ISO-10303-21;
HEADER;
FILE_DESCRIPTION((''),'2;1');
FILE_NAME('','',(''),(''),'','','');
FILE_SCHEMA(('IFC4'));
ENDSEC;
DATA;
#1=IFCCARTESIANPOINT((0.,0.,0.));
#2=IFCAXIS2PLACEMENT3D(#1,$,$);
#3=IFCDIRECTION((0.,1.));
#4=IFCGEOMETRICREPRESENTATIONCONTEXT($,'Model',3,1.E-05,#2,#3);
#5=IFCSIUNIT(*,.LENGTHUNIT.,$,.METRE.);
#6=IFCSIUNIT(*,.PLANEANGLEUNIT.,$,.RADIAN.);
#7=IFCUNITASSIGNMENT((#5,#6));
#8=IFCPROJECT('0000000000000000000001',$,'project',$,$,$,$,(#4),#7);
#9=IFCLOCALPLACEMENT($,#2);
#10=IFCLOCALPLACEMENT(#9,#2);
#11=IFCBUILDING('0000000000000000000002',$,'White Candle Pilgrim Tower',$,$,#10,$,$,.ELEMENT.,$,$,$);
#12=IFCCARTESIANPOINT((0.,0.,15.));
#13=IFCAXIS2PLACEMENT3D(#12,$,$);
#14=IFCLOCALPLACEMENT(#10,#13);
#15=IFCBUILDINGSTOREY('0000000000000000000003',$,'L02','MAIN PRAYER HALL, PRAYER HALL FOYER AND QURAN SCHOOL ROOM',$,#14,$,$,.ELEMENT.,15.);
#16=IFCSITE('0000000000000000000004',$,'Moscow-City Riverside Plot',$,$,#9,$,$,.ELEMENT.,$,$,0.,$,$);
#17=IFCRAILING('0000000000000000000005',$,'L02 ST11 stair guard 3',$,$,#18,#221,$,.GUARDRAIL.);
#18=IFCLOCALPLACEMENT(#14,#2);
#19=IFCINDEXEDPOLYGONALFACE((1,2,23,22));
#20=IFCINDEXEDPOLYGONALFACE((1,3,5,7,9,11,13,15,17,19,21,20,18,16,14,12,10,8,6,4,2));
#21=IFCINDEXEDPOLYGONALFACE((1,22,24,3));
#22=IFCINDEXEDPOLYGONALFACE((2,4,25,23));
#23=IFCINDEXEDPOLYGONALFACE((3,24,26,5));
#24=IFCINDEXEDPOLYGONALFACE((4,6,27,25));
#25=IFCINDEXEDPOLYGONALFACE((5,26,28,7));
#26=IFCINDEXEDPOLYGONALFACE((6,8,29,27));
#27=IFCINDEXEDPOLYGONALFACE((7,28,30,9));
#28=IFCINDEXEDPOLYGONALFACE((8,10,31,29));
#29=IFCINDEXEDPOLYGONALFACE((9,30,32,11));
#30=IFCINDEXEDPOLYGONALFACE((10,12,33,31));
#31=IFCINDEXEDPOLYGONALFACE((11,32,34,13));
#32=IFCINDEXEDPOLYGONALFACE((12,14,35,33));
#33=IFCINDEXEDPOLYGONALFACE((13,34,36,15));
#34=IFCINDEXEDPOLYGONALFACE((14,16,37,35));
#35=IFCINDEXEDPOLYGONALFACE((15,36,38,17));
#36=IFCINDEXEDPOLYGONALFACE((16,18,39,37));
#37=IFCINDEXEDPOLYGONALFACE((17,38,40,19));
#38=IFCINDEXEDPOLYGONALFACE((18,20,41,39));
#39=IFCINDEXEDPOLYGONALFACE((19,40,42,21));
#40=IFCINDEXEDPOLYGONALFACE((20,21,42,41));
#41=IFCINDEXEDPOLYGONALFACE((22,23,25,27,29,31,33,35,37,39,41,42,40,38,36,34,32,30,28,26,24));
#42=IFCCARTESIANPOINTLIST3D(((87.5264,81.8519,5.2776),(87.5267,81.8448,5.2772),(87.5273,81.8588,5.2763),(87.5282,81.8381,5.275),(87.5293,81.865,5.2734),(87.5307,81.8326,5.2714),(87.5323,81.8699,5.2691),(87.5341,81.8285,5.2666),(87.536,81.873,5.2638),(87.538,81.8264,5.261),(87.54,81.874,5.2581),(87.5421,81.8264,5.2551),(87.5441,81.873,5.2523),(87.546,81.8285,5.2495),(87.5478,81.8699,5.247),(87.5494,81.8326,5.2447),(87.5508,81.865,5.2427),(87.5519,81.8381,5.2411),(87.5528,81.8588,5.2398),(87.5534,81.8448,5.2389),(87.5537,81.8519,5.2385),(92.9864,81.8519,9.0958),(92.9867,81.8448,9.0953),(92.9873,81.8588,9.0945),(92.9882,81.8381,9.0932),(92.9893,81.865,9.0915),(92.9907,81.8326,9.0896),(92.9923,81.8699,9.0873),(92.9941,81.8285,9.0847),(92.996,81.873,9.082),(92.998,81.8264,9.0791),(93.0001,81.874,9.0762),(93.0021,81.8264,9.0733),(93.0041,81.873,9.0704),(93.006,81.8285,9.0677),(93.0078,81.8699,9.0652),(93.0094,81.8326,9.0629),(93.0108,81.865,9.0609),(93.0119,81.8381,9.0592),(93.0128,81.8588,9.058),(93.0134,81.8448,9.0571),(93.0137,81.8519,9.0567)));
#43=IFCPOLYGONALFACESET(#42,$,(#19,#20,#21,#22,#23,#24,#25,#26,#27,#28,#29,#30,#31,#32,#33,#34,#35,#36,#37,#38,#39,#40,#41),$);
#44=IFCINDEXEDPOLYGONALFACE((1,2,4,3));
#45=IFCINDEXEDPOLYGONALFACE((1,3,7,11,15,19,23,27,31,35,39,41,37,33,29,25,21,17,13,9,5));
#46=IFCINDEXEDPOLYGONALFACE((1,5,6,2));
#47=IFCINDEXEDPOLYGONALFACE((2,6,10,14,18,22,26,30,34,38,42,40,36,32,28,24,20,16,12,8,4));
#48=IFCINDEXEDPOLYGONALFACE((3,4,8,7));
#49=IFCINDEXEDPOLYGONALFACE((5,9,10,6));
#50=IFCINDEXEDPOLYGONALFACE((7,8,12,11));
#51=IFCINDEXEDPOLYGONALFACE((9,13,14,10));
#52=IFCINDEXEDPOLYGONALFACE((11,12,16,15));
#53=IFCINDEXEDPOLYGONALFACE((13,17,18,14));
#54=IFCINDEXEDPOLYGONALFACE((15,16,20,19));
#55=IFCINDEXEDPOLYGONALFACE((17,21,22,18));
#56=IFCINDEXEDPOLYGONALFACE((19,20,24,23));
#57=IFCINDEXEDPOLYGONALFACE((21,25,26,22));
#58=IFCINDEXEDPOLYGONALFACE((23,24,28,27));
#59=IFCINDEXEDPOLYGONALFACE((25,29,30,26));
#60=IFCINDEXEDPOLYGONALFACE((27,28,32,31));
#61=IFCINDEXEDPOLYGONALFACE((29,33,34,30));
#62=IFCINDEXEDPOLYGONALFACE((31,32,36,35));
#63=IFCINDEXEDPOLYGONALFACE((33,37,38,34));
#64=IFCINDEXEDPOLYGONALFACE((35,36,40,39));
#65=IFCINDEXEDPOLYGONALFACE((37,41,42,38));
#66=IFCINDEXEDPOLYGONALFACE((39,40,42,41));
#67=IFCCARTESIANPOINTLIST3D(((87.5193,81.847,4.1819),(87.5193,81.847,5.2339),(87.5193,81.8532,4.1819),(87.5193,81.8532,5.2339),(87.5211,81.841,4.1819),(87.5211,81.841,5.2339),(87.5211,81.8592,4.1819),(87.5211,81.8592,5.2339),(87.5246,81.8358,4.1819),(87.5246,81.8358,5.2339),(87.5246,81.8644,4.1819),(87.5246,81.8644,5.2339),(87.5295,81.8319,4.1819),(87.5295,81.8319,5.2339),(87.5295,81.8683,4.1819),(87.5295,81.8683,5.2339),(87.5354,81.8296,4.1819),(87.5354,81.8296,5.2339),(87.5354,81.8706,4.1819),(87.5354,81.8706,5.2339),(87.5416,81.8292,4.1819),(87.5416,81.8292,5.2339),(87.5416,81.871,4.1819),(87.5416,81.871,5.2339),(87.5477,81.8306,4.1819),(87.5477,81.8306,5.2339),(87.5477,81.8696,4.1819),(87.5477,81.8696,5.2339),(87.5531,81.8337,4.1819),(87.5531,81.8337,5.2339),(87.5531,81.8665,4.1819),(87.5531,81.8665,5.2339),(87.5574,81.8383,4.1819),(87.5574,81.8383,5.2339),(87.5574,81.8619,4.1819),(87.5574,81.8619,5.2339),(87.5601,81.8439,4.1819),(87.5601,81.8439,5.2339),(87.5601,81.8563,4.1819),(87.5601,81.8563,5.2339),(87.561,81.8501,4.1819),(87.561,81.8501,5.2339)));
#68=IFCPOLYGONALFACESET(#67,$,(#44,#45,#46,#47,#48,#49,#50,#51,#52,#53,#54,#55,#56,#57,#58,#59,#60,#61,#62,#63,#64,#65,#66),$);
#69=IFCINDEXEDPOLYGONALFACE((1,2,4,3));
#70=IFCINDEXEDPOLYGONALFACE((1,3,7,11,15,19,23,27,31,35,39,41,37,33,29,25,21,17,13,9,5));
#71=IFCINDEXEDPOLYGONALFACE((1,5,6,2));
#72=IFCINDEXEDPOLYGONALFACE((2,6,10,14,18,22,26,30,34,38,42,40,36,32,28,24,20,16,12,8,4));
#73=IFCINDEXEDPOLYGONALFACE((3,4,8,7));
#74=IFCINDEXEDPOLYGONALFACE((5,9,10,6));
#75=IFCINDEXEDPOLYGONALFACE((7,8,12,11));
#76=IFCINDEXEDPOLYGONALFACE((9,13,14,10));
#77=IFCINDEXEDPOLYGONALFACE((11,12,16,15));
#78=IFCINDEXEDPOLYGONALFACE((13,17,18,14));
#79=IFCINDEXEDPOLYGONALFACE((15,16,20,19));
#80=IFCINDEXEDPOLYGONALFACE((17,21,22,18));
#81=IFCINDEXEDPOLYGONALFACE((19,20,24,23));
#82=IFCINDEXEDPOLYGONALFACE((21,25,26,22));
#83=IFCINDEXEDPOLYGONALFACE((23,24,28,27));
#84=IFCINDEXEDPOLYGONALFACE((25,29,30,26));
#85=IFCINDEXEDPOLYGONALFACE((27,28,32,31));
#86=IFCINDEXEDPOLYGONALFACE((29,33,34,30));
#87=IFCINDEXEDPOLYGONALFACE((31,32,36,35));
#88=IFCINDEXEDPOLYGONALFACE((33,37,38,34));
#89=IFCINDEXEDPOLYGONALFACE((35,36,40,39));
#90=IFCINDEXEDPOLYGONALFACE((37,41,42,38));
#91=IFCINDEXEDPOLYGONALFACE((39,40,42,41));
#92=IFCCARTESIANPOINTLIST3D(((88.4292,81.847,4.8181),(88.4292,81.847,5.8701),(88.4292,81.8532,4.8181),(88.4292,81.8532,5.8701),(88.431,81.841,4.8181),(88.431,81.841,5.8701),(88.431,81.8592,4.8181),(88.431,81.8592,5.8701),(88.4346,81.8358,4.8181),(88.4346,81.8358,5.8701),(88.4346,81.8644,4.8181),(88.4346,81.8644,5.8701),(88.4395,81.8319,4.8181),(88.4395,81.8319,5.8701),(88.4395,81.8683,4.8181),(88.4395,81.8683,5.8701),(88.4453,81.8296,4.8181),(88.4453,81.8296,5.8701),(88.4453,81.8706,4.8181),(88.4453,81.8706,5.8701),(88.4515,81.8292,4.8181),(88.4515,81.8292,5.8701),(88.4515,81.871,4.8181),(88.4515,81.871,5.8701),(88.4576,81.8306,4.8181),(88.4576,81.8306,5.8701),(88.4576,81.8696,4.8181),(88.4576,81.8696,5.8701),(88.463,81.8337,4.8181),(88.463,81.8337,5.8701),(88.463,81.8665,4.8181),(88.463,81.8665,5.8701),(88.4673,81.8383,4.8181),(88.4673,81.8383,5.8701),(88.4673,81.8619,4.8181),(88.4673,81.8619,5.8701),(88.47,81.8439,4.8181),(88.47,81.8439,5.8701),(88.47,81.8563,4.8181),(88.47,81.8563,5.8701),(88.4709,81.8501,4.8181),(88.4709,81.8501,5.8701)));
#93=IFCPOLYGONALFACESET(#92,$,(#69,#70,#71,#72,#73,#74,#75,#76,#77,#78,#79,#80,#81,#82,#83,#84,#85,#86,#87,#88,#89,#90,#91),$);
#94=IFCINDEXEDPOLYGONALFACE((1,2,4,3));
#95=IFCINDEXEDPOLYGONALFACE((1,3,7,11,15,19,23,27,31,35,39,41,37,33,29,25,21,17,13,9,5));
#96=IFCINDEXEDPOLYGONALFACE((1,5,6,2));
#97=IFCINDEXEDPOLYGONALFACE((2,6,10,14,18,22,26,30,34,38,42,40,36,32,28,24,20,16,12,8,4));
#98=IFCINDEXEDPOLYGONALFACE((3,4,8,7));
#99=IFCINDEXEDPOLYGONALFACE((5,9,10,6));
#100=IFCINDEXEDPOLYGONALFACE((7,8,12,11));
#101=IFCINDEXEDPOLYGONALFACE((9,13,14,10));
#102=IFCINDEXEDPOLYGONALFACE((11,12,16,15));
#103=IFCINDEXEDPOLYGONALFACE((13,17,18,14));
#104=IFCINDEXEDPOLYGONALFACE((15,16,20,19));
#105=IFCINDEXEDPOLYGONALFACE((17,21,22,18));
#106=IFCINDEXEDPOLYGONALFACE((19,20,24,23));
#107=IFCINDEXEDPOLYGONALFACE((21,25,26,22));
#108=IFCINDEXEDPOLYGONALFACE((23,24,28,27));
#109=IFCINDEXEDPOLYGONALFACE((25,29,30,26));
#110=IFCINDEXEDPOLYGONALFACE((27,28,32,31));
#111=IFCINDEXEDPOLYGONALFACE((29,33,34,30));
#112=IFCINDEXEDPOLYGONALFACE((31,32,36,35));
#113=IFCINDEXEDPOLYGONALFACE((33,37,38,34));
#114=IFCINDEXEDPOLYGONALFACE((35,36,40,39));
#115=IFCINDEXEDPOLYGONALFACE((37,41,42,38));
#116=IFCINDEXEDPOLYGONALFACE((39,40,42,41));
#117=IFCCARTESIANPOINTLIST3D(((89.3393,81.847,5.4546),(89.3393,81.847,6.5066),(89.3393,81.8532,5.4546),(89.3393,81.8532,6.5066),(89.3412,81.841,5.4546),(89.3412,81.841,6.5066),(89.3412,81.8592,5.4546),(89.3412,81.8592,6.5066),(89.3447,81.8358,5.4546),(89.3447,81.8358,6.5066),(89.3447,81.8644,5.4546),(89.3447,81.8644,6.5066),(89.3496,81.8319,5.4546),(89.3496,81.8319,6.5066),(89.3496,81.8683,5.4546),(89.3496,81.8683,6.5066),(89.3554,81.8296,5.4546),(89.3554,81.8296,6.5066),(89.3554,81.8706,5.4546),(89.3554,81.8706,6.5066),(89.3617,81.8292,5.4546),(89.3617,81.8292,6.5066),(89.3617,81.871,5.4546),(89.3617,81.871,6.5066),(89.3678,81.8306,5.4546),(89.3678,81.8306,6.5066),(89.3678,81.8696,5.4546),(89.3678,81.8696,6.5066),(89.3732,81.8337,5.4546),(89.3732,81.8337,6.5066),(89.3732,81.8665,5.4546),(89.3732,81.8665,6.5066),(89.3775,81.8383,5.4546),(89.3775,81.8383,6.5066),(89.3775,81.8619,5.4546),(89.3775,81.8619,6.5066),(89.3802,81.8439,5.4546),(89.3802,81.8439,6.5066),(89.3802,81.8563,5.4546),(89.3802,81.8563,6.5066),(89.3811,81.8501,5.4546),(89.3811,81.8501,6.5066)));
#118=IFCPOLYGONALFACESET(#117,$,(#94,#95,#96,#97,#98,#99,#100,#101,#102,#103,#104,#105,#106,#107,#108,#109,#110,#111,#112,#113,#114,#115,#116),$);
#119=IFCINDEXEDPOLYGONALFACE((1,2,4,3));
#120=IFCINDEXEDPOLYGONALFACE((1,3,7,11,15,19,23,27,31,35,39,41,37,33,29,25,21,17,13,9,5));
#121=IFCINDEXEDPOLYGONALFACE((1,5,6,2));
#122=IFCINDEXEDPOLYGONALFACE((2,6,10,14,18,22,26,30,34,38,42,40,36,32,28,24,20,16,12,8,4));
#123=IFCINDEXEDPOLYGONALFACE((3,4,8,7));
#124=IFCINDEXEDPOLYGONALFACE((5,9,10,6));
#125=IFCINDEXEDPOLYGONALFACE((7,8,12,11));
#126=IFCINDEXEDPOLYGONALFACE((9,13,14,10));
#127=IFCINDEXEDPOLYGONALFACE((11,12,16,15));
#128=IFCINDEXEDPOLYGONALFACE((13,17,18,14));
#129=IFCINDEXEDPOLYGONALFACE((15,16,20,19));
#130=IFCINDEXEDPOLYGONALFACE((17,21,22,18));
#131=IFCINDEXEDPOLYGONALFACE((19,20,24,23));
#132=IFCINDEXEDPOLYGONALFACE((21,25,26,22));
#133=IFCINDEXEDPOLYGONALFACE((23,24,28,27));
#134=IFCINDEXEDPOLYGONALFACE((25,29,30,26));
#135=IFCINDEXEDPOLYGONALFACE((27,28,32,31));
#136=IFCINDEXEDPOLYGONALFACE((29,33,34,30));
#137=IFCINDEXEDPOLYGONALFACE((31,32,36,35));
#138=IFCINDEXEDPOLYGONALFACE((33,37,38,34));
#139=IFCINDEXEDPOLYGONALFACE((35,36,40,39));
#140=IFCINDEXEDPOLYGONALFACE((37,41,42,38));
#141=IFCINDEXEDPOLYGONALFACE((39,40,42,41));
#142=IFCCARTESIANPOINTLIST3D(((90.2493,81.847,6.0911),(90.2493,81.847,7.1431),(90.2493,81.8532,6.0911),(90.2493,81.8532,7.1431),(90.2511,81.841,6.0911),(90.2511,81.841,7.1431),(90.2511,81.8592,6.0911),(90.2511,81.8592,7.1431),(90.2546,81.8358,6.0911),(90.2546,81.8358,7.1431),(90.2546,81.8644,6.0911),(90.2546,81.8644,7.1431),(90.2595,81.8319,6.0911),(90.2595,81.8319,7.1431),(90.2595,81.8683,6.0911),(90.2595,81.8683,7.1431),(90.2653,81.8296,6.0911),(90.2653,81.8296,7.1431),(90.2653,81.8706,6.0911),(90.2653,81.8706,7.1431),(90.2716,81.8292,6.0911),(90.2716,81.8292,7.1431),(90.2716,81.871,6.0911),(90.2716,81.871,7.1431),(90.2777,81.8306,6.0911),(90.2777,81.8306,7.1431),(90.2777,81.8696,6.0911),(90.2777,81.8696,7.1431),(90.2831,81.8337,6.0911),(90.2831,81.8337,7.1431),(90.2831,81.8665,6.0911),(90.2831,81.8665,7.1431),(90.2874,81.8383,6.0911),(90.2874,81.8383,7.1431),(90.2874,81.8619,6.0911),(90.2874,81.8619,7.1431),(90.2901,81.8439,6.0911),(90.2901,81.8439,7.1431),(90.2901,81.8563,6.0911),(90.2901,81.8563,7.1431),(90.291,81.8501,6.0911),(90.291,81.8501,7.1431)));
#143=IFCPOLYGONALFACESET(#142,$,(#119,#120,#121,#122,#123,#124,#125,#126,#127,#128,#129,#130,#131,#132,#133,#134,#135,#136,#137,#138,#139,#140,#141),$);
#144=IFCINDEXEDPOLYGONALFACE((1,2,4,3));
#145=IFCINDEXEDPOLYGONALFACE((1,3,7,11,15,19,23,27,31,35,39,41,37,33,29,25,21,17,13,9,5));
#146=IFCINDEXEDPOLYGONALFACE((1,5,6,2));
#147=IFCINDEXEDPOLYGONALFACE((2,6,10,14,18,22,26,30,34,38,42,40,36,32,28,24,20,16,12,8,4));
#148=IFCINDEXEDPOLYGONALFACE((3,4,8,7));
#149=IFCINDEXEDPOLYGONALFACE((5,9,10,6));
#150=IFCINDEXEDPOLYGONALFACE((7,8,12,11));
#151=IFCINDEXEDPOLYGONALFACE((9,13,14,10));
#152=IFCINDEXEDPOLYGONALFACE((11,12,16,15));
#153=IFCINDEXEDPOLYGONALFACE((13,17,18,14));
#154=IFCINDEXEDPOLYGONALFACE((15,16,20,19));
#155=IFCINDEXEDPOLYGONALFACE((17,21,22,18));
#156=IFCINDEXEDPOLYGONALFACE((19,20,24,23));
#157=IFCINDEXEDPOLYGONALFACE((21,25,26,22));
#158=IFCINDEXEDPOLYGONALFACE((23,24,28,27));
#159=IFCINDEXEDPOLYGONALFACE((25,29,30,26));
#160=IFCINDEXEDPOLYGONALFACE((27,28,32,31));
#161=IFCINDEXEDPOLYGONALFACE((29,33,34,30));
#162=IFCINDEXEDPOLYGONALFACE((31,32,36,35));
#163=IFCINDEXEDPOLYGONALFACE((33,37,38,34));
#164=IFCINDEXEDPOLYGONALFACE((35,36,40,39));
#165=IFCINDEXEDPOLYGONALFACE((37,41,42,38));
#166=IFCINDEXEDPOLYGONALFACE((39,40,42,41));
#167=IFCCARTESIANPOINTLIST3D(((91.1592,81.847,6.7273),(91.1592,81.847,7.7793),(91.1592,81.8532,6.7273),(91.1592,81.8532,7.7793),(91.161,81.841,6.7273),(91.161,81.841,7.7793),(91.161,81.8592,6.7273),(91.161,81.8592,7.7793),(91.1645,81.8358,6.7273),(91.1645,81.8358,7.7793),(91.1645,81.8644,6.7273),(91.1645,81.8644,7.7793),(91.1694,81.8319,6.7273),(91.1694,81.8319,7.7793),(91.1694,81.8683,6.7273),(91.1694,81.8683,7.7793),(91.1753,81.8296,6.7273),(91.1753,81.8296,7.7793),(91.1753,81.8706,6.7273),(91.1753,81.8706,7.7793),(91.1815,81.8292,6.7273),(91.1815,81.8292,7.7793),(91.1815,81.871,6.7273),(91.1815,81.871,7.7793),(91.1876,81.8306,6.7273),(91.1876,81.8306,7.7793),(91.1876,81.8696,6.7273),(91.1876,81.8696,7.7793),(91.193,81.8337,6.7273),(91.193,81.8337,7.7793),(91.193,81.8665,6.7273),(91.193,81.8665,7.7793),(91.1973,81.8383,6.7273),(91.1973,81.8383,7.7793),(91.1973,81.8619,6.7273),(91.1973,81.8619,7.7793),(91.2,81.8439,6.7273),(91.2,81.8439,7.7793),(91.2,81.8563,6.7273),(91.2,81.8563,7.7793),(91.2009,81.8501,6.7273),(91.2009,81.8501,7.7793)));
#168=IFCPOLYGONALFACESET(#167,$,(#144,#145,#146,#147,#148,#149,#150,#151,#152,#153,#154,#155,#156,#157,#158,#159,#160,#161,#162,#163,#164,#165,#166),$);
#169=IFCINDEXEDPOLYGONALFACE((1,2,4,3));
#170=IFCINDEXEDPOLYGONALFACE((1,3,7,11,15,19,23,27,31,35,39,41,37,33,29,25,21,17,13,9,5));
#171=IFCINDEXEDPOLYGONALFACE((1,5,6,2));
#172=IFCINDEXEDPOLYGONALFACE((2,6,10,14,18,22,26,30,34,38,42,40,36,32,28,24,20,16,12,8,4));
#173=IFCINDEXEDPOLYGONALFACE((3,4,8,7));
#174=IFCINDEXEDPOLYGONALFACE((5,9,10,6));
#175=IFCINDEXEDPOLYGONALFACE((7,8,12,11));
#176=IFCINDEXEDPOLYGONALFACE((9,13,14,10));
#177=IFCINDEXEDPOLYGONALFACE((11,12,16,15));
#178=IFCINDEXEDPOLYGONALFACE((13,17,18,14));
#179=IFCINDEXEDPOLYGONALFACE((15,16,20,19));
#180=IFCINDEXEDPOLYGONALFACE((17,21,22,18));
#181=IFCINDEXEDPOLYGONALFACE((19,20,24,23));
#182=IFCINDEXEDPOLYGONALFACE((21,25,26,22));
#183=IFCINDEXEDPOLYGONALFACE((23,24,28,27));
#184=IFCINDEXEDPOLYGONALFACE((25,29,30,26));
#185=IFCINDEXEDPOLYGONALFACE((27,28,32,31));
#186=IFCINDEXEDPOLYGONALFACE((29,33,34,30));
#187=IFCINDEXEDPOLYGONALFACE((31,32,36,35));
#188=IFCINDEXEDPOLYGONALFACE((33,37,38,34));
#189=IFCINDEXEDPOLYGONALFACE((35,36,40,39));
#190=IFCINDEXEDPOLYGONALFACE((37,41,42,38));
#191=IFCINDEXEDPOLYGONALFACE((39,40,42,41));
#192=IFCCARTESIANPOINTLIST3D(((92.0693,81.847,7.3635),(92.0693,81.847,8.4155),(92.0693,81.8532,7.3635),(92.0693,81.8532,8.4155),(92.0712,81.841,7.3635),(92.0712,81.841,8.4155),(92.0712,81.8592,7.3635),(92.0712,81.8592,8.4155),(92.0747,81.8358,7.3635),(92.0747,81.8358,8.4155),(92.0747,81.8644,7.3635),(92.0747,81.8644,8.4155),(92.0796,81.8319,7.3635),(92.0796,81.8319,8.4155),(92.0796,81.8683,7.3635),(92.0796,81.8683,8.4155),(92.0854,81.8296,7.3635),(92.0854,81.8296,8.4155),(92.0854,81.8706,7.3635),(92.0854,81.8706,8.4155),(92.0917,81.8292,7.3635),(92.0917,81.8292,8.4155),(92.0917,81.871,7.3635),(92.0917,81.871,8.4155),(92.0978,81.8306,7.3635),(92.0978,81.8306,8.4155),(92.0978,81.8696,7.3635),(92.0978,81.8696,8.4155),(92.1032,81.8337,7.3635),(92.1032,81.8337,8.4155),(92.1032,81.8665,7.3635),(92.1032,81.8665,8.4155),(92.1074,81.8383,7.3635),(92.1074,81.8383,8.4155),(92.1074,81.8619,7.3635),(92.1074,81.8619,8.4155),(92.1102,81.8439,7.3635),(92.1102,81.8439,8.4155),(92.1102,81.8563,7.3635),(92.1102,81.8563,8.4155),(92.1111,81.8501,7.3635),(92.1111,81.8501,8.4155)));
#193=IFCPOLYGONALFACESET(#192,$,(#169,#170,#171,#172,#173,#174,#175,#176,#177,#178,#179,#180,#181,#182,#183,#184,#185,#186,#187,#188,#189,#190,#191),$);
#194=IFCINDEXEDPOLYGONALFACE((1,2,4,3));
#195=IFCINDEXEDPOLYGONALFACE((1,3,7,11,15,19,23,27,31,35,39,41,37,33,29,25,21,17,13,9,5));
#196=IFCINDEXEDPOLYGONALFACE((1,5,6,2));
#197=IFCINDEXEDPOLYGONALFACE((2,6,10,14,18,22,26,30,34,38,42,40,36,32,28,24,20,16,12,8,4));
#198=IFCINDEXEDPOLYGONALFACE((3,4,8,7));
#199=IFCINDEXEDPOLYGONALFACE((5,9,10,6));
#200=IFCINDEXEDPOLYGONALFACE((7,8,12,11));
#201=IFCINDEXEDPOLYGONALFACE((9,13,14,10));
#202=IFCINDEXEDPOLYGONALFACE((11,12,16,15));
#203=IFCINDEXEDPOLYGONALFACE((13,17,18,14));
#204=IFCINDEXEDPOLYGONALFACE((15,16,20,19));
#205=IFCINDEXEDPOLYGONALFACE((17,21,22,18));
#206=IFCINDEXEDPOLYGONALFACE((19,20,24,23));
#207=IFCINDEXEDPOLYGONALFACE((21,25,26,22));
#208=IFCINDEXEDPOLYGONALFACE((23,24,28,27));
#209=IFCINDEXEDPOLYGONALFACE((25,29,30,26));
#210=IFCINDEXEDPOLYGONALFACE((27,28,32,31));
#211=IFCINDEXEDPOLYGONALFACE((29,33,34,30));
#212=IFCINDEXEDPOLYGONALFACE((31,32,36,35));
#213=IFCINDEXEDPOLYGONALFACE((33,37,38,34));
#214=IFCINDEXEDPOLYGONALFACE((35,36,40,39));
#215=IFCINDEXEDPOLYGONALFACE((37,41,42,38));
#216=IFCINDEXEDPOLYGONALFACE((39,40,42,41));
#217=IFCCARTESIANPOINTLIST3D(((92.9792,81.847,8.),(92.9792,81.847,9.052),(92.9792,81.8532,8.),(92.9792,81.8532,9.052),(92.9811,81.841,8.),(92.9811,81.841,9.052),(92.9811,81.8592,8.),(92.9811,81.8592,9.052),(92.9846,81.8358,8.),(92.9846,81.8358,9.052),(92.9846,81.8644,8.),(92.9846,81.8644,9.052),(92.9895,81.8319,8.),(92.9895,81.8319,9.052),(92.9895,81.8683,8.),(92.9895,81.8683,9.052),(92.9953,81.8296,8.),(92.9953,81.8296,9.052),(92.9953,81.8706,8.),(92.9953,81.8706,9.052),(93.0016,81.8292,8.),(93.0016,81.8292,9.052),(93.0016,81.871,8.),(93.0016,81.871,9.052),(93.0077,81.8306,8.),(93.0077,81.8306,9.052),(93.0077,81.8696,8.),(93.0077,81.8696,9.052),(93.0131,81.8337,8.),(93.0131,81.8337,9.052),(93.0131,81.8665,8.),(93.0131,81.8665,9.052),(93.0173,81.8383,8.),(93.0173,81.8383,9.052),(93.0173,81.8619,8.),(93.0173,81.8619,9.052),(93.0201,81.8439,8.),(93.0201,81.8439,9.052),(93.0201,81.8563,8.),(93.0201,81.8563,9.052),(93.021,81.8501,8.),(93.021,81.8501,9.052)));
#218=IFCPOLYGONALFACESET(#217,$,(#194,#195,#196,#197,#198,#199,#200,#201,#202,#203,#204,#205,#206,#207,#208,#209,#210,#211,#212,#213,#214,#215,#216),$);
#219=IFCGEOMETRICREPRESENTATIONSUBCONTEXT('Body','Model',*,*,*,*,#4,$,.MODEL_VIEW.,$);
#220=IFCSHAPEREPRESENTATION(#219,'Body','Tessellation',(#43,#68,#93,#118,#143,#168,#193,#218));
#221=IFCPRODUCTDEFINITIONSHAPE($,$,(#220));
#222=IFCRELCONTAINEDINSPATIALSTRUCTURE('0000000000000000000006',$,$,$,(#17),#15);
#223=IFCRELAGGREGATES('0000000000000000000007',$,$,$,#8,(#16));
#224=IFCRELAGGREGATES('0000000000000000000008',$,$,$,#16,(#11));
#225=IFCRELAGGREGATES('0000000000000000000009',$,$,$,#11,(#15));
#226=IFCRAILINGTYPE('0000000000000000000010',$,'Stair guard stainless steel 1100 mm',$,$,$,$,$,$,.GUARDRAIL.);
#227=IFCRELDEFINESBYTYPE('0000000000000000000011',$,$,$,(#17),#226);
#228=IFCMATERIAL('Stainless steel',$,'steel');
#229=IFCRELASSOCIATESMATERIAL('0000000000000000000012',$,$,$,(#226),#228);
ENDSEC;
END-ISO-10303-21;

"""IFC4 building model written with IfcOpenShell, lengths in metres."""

from ifc_helpers import new_model, si_unit, direction, frame, origin, origin_2d, place, context, subcontext, project, spatial, circle, extrude, material, type_object, element, save


model = new_model("IFC4")

# Units and contexts
model_context = context("Model", 3, precision=1e-05, world=origin(), true_north=direction((0.0, 1.0)))
body_context = subcontext(model_context, "Body", "Model", "MODEL_VIEW")
ifc_project = project(units=[si_unit("LENGTHUNIT", "METRE"), si_unit("PLANEANGLEUNIT", "RADIAN")], contexts=[model_context])

# Site, building, storey
site_placement = place(None, origin())
site = spatial("IfcSite", under=ifc_project, at=site_placement, Name="Moscow-City Riverside Plot", CompositionType="ELEMENT", RefElevation=0.0)
building_placement = place(site_placement, origin())
building = spatial("IfcBuilding", under=site, at=building_placement, Name="White Candle Pilgrim Tower", CompositionType="ELEMENT")
storey_placement = place(building_placement, frame((0.0, 0.0, 15.0)))
storey = spatial("IfcBuildingStorey", under=building, at=storey_placement, Name="L02", Description="MAIN PRAYER HALL, PRAYER HALL FOYER AND QURAN SCHOOL ROOM", CompositionType="ELEMENT", Elevation=15.0)

# Railing
ifc_material_1 = material(Name="Stainless steel", Category="steel")
railing_type_1 = type_object("IfcRailingType", Name="Stair guard stainless steel 1100 mm", PredefinedType="GUARDRAIL", material=ifc_material_1)
railing_1_placement = place(storey_placement, frame((87.54, 81.8501, 4.1819)))
element("IfcRailing", 1, at=railing_1_placement, inside=storey, type_object=railing_type_1, Name="L02 ST11 stair guard 3", PredefinedType="GUARDRAIL", context=body_context, shape_type="SweptSolid", body=[
    extrude(circle(Radius=0.0239, at=origin_2d()), frame((0.0, 0.0, 1.0762), z_axis=(0.819504, 0.0, 0.573074), x_axis=(0.0, 1.0, 0.0)), (0.0, 0.0, 1.0), 6.6626),
    extrude(circle(Radius=0.021, at=origin_2d()), origin(), (0.0, 0.0, 1.0), 1.052),
    extrude(circle(Radius=0.021, at=origin_2d()), frame((0.9099, 0.0, 0.6362)), (0.0, 0.0, 1.0), 1.052),
    extrude(circle(Radius=0.021, at=origin_2d()), frame((1.8201, 0.0, 1.2727)), (0.0, 0.0, 1.0), 1.052),
    extrude(circle(Radius=0.021, at=origin_2d()), frame((2.73, 0.0, 1.9092)), (0.0, 0.0, 1.0), 1.052),
    extrude(circle(Radius=0.021, at=origin_2d()), frame((3.6399, 0.0, 2.5454)), (0.0, 0.0, 1.0), 1.052),
    extrude(circle(Radius=0.021, at=origin_2d()), frame((4.55, 0.0, 3.1816)), (0.0, 0.0, 1.0), 1.052),
    extrude(circle(Radius=0.021, at=origin_2d()), frame((5.46, 0.0, 3.8181)), (0.0, 0.0, 1.0), 1.052),
])

save(model, "model.ifc")
